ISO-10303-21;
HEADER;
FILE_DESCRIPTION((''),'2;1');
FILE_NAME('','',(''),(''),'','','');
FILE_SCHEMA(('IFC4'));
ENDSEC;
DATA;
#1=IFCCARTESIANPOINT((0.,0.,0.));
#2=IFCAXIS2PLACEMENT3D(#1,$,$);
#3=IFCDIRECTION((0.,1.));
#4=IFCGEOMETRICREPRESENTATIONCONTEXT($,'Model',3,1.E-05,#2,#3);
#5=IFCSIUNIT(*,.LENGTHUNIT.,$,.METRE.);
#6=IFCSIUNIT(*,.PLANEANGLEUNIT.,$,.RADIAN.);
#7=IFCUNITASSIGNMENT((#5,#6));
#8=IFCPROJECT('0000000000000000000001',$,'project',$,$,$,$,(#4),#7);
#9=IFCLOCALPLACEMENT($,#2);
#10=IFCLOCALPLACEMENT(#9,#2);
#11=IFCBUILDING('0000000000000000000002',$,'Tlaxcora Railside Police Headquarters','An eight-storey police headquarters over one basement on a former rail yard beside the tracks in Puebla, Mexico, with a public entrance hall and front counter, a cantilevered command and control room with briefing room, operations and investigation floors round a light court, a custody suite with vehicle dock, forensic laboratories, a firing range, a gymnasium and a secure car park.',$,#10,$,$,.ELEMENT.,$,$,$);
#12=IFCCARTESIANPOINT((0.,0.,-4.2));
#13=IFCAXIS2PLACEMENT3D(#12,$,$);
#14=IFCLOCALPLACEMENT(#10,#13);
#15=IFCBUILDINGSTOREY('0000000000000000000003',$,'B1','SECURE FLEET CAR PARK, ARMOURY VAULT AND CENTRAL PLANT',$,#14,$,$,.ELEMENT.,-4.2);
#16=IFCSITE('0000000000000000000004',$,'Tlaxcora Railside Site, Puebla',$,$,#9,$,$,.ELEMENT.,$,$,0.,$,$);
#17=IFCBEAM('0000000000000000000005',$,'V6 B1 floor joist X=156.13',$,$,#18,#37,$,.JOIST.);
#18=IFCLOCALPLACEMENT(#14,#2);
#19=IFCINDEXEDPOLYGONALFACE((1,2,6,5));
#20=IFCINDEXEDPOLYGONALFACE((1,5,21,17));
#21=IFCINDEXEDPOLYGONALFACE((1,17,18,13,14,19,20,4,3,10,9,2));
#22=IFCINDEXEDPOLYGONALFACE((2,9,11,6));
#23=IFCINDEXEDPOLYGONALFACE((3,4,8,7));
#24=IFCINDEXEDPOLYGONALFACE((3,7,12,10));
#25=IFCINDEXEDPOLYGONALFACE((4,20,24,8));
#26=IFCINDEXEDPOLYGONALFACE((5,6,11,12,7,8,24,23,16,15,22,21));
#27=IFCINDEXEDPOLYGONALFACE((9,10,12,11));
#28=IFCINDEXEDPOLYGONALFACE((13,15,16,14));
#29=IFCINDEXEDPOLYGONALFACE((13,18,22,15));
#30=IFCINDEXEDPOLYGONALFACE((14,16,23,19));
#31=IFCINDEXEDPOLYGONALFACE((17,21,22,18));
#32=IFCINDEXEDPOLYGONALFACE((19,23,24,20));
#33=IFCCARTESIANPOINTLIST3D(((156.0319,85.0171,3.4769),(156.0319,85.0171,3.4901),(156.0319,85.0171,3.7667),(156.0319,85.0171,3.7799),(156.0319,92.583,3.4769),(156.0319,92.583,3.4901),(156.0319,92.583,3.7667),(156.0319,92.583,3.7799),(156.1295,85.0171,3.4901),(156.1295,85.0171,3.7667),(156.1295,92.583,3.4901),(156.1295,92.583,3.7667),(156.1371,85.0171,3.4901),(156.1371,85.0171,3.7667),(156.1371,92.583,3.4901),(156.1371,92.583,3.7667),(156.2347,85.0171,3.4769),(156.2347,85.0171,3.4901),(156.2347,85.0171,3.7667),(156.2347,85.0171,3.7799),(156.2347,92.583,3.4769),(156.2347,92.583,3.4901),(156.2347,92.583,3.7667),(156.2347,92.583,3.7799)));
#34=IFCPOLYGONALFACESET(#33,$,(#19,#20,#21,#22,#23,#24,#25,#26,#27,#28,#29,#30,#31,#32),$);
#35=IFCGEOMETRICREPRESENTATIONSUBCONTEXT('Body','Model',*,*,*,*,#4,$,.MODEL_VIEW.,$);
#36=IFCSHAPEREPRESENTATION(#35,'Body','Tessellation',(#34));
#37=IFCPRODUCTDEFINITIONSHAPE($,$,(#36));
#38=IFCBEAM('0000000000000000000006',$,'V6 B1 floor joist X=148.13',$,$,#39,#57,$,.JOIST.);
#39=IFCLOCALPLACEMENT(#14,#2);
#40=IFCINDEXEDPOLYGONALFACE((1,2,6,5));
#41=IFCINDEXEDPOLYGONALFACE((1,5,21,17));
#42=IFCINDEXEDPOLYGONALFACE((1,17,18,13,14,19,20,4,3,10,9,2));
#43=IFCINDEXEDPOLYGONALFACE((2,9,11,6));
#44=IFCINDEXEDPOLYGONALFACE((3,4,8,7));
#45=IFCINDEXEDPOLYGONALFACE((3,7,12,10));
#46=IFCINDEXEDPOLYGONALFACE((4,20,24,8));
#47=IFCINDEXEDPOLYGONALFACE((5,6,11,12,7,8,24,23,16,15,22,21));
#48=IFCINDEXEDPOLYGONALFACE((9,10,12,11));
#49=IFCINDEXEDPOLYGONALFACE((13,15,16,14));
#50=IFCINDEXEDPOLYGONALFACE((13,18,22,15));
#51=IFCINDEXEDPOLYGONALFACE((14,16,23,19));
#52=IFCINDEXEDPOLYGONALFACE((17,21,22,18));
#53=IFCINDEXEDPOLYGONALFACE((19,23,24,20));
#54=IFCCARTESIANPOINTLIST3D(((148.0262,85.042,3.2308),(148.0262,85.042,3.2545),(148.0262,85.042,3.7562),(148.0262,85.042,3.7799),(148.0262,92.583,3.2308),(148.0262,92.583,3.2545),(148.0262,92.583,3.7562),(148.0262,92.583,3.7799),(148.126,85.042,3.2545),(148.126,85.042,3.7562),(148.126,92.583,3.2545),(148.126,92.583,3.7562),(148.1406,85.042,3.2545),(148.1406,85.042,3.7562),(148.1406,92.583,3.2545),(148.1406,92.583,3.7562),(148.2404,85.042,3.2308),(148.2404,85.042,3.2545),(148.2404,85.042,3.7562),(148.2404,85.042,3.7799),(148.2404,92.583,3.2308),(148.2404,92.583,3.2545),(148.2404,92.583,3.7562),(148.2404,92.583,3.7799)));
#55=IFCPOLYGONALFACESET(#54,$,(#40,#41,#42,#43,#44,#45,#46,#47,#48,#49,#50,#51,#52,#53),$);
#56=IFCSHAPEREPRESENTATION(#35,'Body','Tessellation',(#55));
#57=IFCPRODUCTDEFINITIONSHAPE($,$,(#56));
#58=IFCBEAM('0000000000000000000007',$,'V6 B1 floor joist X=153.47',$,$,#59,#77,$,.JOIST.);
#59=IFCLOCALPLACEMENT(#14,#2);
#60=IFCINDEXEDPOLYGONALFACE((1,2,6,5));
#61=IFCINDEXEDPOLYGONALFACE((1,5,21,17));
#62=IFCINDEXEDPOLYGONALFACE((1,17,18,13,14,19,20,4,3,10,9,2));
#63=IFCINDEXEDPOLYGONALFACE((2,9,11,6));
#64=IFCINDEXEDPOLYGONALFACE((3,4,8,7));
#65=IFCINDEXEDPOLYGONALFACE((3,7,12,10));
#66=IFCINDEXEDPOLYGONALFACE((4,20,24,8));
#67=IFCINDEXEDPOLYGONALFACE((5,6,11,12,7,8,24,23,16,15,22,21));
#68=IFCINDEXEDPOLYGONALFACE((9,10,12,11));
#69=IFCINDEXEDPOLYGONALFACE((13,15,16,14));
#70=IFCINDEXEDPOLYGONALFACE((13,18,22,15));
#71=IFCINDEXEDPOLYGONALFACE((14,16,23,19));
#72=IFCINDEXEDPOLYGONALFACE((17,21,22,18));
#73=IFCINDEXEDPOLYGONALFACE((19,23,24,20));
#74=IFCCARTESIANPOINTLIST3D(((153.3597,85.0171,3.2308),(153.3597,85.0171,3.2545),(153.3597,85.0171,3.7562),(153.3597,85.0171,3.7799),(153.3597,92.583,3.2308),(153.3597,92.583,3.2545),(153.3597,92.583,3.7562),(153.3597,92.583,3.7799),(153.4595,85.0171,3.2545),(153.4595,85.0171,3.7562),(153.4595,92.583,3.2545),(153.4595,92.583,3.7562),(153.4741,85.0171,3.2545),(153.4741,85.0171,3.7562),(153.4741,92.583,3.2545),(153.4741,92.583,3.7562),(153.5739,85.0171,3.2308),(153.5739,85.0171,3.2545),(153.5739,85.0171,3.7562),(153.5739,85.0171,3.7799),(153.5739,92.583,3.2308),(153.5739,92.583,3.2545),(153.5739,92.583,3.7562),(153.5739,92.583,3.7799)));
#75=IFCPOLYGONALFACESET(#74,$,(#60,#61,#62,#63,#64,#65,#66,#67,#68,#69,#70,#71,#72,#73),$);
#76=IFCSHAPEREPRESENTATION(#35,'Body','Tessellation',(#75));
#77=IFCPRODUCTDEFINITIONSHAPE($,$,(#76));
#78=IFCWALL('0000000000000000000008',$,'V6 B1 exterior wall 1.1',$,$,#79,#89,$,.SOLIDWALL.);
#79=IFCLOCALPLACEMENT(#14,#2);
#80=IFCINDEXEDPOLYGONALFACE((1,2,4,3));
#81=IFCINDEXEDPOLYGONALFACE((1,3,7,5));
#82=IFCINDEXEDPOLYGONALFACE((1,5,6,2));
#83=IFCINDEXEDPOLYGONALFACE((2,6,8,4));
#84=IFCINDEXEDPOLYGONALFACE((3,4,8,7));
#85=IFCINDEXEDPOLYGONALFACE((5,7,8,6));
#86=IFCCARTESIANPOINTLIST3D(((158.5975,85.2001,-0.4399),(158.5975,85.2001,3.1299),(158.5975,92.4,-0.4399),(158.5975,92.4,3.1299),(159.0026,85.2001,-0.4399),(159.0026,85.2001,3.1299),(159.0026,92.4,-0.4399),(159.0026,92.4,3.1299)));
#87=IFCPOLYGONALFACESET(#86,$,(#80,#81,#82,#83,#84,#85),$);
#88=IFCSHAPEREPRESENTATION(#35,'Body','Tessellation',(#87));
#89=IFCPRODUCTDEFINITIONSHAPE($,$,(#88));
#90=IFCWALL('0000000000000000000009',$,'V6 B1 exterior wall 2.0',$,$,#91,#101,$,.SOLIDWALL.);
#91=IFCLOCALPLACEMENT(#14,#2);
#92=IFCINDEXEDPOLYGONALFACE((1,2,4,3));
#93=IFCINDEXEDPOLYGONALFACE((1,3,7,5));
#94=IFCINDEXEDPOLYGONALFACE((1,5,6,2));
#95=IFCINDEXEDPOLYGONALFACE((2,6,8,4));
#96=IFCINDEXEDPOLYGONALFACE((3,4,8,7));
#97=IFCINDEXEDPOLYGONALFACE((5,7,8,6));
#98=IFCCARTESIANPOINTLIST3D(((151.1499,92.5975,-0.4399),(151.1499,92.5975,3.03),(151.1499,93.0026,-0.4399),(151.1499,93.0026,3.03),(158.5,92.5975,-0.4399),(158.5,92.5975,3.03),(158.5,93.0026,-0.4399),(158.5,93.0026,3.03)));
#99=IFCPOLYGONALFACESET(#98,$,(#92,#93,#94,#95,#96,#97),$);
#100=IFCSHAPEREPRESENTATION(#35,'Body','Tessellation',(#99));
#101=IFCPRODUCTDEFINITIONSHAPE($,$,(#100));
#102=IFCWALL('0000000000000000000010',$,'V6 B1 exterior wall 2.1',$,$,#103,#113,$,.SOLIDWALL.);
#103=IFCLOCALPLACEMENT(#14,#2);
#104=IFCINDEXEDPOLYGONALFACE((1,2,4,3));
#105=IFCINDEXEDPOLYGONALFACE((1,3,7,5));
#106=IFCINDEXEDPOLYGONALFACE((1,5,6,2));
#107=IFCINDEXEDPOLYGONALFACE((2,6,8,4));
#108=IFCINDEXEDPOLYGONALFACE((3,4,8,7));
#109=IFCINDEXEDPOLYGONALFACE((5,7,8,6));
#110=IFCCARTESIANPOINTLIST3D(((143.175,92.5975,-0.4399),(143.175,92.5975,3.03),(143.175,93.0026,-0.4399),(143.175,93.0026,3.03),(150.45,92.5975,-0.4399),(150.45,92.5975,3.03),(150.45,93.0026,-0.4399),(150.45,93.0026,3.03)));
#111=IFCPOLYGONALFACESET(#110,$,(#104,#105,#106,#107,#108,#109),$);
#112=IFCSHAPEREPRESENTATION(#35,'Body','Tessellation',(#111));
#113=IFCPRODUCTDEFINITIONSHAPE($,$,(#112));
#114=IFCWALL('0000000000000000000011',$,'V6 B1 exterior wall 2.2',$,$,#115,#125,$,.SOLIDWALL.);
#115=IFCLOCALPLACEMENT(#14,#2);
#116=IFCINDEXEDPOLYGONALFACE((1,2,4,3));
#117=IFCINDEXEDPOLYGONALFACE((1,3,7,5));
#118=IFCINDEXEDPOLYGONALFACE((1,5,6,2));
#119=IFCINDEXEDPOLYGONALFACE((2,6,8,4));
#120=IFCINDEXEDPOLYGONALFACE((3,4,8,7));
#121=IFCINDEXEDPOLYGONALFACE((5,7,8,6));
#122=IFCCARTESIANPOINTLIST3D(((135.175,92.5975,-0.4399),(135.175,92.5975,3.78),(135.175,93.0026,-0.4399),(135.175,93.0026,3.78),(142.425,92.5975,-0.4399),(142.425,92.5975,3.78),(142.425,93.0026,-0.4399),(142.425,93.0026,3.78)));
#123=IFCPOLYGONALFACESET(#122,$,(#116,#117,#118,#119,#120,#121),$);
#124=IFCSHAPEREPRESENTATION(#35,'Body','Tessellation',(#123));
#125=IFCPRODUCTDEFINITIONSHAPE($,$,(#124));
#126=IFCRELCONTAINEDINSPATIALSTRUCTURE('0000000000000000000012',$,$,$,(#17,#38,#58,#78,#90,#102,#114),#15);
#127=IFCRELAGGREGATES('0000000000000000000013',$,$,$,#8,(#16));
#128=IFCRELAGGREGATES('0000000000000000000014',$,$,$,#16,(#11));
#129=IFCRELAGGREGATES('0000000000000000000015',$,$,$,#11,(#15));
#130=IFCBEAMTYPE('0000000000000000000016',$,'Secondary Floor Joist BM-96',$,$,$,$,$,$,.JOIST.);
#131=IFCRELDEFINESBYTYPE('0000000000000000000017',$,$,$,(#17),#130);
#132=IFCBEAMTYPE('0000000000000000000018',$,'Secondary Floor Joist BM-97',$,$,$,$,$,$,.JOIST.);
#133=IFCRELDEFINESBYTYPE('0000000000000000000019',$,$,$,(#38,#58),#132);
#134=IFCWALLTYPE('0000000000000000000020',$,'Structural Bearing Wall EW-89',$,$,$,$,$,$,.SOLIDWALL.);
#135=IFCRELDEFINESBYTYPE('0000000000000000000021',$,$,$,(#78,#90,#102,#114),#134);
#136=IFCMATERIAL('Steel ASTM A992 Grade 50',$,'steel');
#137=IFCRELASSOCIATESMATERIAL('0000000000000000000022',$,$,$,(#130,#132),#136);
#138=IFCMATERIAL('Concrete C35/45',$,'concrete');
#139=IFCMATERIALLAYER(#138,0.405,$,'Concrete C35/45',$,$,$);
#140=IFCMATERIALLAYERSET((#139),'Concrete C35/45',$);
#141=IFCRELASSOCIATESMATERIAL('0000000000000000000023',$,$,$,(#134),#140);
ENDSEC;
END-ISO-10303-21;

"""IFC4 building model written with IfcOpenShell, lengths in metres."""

from ifc_helpers import new_model, si_unit, direction, frame, frame_2d, origin, origin_2d, place, context, subcontext, project, spatial, rectangle, i_section, extrude, material, layer, layer_set, material_profile, profile_set, type_object, element, save


model = new_model("IFC4")

# Units and contexts
model_context = context("Model", 3, precision=1e-05, world=origin(), true_north=direction((0.0, 1.0)))
body_context = subcontext(model_context, "Body", "Model", "MODEL_VIEW")
ifc_project = project(units=[si_unit("LENGTHUNIT", "METRE"), si_unit("PLANEANGLEUNIT", "RADIAN")], contexts=[model_context])

# Site, building, storey
site_placement = place(None, origin())
site = spatial("IfcSite", under=ifc_project, at=site_placement, Name="Tlaxcora Railside Site, Puebla", CompositionType="ELEMENT", RefElevation=0.0)
building_placement = place(site_placement, origin())
building = spatial("IfcBuilding", under=site, at=building_placement, Name="Tlaxcora Railside Police Headquarters", Description="An eight-storey police headquarters over one basement on a former rail yard beside the tracks in Puebla, Mexico, with a public entrance hall and front counter, a cantilevered command and control room with briefing room, operations and investigation floors round a light court, a custody suite with vehicle dock, forensic laboratories, a firing range, a gymnasium and a secure car park.", CompositionType="ELEMENT")
storey_placement = place(building_placement, frame((0.0, 0.0, -4.2)))
storey = spatial("IfcBuildingStorey", under=building, at=storey_placement, Name="B1", Description="SECURE FLEET CAR PARK, ARMOURY VAULT AND CENTRAL PLANT", CompositionType="ELEMENT", Elevation=-4.2)

# Shared definitions
ifc_material_1 = material(Name="Concrete C35/45", Category="concrete")

# Beams
ifc_material_2 = material(Name="Steel ASTM A992 Grade 50", Category="steel")
ifc_material_profile_1 = material_profile(ifc_material_2, i_section(OverallWidth=0.2029, OverallDepth=0.303, WebThickness=0.0076, FlangeThickness=0.0132, at=origin_2d()), Name="W12X40")
ifc_profile_set_1 = profile_set([ifc_material_profile_1], Name="Steel ASTM A992 Grade 50")
beam_type_1 = type_object("IfcBeamType", Name="Secondary Floor Joist BM-96", PredefinedType="JOIST", material=ifc_profile_set_1)
beam_1_placement = place(storey_placement, frame((156.1333, 85.0171, 3.6284), z_axis=(0.0, 1.0, 0.0), x_axis=(-1.0, 0.0, 0.0)))
element("IfcBeam", 1, at=beam_1_placement, inside=storey, type_object=beam_type_1, Name="V6 B1 floor joist X=156.13", PredefinedType="JOIST", context=body_context, shape_type="SweptSolid", body=[
    extrude(i_section(OverallWidth=0.2029, OverallDepth=0.303, WebThickness=0.0076, FlangeThickness=0.0132, at=origin_2d()), origin(), (0.0, 0.0, 1.0), 7.5659),
])
ifc_material_profile_2 = material_profile(ifc_material_2, i_section(OverallWidth=0.2141, OverallDepth=0.5491, WebThickness=0.0146, FlangeThickness=0.0237, at=origin_2d()), Name="W21X93")
ifc_profile_set_2 = profile_set([ifc_material_profile_2], Name="Steel ASTM A992 Grade 50")
beam_type_2 = type_object("IfcBeamType", Name="Secondary Floor Joist BM-97", PredefinedType="JOIST", material=ifc_profile_set_2)
beam_2_placement = place(storey_placement, frame((148.1333, 85.042, 3.5054), z_axis=(0.0, 1.0, 0.0), x_axis=(-1.0, 0.0, 0.0)))
element("IfcBeam", 2, at=beam_2_placement, inside=storey, type_object=beam_type_2, Name="V6 B1 floor joist X=148.13", PredefinedType="JOIST", context=body_context, shape_type="SweptSolid", body=[
    extrude(i_section(OverallWidth=0.2141, OverallDepth=0.5491, WebThickness=0.0146, FlangeThickness=0.0237, at=origin_2d()), origin(), (0.0, 0.0, 1.0), 7.541),
])
beam_3_placement = place(storey_placement, frame((153.4668, 85.0171, 3.5054), z_axis=(0.0, 1.0, 0.0), x_axis=(-1.0, 0.0, 0.0)))
element("IfcBeam", 3, at=beam_3_placement, inside=storey, type_object=beam_type_2, Name="V6 B1 floor joist X=153.47", PredefinedType="JOIST", context=body_context, shape_type="SweptSolid", body=[
    extrude(i_section(OverallWidth=0.2141, OverallDepth=0.5491, WebThickness=0.0146, FlangeThickness=0.0237, at=origin_2d()), origin(), (0.0, 0.0, 1.0), 7.5659),
])

# Walls
ifc_layer_1 = layer(ifc_material_1, 0.405, Name="Concrete C35/45")
ifc_layer_set_1 = layer_set([ifc_layer_1], Name="Concrete C35/45")
wall_type = type_object("IfcWallType", Name="Structural Bearing Wall EW-89", PredefinedType="SOLIDWALL", material=ifc_layer_set_1)
wall_1_placement = place(storey_placement, frame((158.8, 85.2, -0.4399), z_axis=(0.0, 0.0, 1.0), x_axis=(0.0, 1.0, 0.0)))
element("IfcWall", 4, at=wall_1_placement, inside=storey, type_object=wall_type, Name="V6 B1 exterior wall 1.1", PredefinedType="SOLIDWALL", context=body_context, shape_type="SweptSolid", body=[
    extrude(rectangle(XDim=7.2, YDim=0.405, at=frame_2d((3.6001, 0.0))), origin(), (0.0, 0.0, 1.0), 3.5698),
])
wall_2_placement = place(storey_placement, frame((158.5, 92.8, -0.4399), z_axis=(0.0, 0.0, 1.0), x_axis=(-1.0, 0.0, 0.0)))
element("IfcWall", 5, at=wall_2_placement, inside=storey, type_object=wall_type, Name="V6 B1 exterior wall 2.0", PredefinedType="SOLIDWALL", context=body_context, shape_type="SweptSolid", body=[
    extrude(rectangle(XDim=7.3501, YDim=0.405, at=frame_2d((3.675, 0.0))), origin(), (0.0, 0.0, 1.0), 3.47),
])
wall_3_placement = place(storey_placement, frame((150.45, 92.8, -0.4399), z_axis=(0.0, 0.0, 1.0), x_axis=(-1.0, 0.0, 0.0)))
element("IfcWall", 6, at=wall_3_placement, inside=storey, type_object=wall_type, Name="V6 B1 exterior wall 2.1", PredefinedType="SOLIDWALL", context=body_context, shape_type="SweptSolid", body=[
    extrude(rectangle(XDim=7.2749, YDim=0.405, at=frame_2d((3.6375, 0.0))), origin(), (0.0, 0.0, 1.0), 3.47),
])
wall_4_placement = place(storey_placement, frame((142.425, 92.8, -0.4399), z_axis=(0.0, 0.0, 1.0), x_axis=(-1.0, 0.0, 0.0)))
element("IfcWall", 7, at=wall_4_placement, inside=storey, type_object=wall_type, Name="V6 B1 exterior wall 2.2", PredefinedType="SOLIDWALL", context=body_context, shape_type="SweptSolid", body=[
    extrude(rectangle(XDim=7.25, YDim=0.405, at=frame_2d((3.625, 0.0))), origin(), (0.0, 0.0, 1.0), 4.22),
])

save(model, "model.ifc")
